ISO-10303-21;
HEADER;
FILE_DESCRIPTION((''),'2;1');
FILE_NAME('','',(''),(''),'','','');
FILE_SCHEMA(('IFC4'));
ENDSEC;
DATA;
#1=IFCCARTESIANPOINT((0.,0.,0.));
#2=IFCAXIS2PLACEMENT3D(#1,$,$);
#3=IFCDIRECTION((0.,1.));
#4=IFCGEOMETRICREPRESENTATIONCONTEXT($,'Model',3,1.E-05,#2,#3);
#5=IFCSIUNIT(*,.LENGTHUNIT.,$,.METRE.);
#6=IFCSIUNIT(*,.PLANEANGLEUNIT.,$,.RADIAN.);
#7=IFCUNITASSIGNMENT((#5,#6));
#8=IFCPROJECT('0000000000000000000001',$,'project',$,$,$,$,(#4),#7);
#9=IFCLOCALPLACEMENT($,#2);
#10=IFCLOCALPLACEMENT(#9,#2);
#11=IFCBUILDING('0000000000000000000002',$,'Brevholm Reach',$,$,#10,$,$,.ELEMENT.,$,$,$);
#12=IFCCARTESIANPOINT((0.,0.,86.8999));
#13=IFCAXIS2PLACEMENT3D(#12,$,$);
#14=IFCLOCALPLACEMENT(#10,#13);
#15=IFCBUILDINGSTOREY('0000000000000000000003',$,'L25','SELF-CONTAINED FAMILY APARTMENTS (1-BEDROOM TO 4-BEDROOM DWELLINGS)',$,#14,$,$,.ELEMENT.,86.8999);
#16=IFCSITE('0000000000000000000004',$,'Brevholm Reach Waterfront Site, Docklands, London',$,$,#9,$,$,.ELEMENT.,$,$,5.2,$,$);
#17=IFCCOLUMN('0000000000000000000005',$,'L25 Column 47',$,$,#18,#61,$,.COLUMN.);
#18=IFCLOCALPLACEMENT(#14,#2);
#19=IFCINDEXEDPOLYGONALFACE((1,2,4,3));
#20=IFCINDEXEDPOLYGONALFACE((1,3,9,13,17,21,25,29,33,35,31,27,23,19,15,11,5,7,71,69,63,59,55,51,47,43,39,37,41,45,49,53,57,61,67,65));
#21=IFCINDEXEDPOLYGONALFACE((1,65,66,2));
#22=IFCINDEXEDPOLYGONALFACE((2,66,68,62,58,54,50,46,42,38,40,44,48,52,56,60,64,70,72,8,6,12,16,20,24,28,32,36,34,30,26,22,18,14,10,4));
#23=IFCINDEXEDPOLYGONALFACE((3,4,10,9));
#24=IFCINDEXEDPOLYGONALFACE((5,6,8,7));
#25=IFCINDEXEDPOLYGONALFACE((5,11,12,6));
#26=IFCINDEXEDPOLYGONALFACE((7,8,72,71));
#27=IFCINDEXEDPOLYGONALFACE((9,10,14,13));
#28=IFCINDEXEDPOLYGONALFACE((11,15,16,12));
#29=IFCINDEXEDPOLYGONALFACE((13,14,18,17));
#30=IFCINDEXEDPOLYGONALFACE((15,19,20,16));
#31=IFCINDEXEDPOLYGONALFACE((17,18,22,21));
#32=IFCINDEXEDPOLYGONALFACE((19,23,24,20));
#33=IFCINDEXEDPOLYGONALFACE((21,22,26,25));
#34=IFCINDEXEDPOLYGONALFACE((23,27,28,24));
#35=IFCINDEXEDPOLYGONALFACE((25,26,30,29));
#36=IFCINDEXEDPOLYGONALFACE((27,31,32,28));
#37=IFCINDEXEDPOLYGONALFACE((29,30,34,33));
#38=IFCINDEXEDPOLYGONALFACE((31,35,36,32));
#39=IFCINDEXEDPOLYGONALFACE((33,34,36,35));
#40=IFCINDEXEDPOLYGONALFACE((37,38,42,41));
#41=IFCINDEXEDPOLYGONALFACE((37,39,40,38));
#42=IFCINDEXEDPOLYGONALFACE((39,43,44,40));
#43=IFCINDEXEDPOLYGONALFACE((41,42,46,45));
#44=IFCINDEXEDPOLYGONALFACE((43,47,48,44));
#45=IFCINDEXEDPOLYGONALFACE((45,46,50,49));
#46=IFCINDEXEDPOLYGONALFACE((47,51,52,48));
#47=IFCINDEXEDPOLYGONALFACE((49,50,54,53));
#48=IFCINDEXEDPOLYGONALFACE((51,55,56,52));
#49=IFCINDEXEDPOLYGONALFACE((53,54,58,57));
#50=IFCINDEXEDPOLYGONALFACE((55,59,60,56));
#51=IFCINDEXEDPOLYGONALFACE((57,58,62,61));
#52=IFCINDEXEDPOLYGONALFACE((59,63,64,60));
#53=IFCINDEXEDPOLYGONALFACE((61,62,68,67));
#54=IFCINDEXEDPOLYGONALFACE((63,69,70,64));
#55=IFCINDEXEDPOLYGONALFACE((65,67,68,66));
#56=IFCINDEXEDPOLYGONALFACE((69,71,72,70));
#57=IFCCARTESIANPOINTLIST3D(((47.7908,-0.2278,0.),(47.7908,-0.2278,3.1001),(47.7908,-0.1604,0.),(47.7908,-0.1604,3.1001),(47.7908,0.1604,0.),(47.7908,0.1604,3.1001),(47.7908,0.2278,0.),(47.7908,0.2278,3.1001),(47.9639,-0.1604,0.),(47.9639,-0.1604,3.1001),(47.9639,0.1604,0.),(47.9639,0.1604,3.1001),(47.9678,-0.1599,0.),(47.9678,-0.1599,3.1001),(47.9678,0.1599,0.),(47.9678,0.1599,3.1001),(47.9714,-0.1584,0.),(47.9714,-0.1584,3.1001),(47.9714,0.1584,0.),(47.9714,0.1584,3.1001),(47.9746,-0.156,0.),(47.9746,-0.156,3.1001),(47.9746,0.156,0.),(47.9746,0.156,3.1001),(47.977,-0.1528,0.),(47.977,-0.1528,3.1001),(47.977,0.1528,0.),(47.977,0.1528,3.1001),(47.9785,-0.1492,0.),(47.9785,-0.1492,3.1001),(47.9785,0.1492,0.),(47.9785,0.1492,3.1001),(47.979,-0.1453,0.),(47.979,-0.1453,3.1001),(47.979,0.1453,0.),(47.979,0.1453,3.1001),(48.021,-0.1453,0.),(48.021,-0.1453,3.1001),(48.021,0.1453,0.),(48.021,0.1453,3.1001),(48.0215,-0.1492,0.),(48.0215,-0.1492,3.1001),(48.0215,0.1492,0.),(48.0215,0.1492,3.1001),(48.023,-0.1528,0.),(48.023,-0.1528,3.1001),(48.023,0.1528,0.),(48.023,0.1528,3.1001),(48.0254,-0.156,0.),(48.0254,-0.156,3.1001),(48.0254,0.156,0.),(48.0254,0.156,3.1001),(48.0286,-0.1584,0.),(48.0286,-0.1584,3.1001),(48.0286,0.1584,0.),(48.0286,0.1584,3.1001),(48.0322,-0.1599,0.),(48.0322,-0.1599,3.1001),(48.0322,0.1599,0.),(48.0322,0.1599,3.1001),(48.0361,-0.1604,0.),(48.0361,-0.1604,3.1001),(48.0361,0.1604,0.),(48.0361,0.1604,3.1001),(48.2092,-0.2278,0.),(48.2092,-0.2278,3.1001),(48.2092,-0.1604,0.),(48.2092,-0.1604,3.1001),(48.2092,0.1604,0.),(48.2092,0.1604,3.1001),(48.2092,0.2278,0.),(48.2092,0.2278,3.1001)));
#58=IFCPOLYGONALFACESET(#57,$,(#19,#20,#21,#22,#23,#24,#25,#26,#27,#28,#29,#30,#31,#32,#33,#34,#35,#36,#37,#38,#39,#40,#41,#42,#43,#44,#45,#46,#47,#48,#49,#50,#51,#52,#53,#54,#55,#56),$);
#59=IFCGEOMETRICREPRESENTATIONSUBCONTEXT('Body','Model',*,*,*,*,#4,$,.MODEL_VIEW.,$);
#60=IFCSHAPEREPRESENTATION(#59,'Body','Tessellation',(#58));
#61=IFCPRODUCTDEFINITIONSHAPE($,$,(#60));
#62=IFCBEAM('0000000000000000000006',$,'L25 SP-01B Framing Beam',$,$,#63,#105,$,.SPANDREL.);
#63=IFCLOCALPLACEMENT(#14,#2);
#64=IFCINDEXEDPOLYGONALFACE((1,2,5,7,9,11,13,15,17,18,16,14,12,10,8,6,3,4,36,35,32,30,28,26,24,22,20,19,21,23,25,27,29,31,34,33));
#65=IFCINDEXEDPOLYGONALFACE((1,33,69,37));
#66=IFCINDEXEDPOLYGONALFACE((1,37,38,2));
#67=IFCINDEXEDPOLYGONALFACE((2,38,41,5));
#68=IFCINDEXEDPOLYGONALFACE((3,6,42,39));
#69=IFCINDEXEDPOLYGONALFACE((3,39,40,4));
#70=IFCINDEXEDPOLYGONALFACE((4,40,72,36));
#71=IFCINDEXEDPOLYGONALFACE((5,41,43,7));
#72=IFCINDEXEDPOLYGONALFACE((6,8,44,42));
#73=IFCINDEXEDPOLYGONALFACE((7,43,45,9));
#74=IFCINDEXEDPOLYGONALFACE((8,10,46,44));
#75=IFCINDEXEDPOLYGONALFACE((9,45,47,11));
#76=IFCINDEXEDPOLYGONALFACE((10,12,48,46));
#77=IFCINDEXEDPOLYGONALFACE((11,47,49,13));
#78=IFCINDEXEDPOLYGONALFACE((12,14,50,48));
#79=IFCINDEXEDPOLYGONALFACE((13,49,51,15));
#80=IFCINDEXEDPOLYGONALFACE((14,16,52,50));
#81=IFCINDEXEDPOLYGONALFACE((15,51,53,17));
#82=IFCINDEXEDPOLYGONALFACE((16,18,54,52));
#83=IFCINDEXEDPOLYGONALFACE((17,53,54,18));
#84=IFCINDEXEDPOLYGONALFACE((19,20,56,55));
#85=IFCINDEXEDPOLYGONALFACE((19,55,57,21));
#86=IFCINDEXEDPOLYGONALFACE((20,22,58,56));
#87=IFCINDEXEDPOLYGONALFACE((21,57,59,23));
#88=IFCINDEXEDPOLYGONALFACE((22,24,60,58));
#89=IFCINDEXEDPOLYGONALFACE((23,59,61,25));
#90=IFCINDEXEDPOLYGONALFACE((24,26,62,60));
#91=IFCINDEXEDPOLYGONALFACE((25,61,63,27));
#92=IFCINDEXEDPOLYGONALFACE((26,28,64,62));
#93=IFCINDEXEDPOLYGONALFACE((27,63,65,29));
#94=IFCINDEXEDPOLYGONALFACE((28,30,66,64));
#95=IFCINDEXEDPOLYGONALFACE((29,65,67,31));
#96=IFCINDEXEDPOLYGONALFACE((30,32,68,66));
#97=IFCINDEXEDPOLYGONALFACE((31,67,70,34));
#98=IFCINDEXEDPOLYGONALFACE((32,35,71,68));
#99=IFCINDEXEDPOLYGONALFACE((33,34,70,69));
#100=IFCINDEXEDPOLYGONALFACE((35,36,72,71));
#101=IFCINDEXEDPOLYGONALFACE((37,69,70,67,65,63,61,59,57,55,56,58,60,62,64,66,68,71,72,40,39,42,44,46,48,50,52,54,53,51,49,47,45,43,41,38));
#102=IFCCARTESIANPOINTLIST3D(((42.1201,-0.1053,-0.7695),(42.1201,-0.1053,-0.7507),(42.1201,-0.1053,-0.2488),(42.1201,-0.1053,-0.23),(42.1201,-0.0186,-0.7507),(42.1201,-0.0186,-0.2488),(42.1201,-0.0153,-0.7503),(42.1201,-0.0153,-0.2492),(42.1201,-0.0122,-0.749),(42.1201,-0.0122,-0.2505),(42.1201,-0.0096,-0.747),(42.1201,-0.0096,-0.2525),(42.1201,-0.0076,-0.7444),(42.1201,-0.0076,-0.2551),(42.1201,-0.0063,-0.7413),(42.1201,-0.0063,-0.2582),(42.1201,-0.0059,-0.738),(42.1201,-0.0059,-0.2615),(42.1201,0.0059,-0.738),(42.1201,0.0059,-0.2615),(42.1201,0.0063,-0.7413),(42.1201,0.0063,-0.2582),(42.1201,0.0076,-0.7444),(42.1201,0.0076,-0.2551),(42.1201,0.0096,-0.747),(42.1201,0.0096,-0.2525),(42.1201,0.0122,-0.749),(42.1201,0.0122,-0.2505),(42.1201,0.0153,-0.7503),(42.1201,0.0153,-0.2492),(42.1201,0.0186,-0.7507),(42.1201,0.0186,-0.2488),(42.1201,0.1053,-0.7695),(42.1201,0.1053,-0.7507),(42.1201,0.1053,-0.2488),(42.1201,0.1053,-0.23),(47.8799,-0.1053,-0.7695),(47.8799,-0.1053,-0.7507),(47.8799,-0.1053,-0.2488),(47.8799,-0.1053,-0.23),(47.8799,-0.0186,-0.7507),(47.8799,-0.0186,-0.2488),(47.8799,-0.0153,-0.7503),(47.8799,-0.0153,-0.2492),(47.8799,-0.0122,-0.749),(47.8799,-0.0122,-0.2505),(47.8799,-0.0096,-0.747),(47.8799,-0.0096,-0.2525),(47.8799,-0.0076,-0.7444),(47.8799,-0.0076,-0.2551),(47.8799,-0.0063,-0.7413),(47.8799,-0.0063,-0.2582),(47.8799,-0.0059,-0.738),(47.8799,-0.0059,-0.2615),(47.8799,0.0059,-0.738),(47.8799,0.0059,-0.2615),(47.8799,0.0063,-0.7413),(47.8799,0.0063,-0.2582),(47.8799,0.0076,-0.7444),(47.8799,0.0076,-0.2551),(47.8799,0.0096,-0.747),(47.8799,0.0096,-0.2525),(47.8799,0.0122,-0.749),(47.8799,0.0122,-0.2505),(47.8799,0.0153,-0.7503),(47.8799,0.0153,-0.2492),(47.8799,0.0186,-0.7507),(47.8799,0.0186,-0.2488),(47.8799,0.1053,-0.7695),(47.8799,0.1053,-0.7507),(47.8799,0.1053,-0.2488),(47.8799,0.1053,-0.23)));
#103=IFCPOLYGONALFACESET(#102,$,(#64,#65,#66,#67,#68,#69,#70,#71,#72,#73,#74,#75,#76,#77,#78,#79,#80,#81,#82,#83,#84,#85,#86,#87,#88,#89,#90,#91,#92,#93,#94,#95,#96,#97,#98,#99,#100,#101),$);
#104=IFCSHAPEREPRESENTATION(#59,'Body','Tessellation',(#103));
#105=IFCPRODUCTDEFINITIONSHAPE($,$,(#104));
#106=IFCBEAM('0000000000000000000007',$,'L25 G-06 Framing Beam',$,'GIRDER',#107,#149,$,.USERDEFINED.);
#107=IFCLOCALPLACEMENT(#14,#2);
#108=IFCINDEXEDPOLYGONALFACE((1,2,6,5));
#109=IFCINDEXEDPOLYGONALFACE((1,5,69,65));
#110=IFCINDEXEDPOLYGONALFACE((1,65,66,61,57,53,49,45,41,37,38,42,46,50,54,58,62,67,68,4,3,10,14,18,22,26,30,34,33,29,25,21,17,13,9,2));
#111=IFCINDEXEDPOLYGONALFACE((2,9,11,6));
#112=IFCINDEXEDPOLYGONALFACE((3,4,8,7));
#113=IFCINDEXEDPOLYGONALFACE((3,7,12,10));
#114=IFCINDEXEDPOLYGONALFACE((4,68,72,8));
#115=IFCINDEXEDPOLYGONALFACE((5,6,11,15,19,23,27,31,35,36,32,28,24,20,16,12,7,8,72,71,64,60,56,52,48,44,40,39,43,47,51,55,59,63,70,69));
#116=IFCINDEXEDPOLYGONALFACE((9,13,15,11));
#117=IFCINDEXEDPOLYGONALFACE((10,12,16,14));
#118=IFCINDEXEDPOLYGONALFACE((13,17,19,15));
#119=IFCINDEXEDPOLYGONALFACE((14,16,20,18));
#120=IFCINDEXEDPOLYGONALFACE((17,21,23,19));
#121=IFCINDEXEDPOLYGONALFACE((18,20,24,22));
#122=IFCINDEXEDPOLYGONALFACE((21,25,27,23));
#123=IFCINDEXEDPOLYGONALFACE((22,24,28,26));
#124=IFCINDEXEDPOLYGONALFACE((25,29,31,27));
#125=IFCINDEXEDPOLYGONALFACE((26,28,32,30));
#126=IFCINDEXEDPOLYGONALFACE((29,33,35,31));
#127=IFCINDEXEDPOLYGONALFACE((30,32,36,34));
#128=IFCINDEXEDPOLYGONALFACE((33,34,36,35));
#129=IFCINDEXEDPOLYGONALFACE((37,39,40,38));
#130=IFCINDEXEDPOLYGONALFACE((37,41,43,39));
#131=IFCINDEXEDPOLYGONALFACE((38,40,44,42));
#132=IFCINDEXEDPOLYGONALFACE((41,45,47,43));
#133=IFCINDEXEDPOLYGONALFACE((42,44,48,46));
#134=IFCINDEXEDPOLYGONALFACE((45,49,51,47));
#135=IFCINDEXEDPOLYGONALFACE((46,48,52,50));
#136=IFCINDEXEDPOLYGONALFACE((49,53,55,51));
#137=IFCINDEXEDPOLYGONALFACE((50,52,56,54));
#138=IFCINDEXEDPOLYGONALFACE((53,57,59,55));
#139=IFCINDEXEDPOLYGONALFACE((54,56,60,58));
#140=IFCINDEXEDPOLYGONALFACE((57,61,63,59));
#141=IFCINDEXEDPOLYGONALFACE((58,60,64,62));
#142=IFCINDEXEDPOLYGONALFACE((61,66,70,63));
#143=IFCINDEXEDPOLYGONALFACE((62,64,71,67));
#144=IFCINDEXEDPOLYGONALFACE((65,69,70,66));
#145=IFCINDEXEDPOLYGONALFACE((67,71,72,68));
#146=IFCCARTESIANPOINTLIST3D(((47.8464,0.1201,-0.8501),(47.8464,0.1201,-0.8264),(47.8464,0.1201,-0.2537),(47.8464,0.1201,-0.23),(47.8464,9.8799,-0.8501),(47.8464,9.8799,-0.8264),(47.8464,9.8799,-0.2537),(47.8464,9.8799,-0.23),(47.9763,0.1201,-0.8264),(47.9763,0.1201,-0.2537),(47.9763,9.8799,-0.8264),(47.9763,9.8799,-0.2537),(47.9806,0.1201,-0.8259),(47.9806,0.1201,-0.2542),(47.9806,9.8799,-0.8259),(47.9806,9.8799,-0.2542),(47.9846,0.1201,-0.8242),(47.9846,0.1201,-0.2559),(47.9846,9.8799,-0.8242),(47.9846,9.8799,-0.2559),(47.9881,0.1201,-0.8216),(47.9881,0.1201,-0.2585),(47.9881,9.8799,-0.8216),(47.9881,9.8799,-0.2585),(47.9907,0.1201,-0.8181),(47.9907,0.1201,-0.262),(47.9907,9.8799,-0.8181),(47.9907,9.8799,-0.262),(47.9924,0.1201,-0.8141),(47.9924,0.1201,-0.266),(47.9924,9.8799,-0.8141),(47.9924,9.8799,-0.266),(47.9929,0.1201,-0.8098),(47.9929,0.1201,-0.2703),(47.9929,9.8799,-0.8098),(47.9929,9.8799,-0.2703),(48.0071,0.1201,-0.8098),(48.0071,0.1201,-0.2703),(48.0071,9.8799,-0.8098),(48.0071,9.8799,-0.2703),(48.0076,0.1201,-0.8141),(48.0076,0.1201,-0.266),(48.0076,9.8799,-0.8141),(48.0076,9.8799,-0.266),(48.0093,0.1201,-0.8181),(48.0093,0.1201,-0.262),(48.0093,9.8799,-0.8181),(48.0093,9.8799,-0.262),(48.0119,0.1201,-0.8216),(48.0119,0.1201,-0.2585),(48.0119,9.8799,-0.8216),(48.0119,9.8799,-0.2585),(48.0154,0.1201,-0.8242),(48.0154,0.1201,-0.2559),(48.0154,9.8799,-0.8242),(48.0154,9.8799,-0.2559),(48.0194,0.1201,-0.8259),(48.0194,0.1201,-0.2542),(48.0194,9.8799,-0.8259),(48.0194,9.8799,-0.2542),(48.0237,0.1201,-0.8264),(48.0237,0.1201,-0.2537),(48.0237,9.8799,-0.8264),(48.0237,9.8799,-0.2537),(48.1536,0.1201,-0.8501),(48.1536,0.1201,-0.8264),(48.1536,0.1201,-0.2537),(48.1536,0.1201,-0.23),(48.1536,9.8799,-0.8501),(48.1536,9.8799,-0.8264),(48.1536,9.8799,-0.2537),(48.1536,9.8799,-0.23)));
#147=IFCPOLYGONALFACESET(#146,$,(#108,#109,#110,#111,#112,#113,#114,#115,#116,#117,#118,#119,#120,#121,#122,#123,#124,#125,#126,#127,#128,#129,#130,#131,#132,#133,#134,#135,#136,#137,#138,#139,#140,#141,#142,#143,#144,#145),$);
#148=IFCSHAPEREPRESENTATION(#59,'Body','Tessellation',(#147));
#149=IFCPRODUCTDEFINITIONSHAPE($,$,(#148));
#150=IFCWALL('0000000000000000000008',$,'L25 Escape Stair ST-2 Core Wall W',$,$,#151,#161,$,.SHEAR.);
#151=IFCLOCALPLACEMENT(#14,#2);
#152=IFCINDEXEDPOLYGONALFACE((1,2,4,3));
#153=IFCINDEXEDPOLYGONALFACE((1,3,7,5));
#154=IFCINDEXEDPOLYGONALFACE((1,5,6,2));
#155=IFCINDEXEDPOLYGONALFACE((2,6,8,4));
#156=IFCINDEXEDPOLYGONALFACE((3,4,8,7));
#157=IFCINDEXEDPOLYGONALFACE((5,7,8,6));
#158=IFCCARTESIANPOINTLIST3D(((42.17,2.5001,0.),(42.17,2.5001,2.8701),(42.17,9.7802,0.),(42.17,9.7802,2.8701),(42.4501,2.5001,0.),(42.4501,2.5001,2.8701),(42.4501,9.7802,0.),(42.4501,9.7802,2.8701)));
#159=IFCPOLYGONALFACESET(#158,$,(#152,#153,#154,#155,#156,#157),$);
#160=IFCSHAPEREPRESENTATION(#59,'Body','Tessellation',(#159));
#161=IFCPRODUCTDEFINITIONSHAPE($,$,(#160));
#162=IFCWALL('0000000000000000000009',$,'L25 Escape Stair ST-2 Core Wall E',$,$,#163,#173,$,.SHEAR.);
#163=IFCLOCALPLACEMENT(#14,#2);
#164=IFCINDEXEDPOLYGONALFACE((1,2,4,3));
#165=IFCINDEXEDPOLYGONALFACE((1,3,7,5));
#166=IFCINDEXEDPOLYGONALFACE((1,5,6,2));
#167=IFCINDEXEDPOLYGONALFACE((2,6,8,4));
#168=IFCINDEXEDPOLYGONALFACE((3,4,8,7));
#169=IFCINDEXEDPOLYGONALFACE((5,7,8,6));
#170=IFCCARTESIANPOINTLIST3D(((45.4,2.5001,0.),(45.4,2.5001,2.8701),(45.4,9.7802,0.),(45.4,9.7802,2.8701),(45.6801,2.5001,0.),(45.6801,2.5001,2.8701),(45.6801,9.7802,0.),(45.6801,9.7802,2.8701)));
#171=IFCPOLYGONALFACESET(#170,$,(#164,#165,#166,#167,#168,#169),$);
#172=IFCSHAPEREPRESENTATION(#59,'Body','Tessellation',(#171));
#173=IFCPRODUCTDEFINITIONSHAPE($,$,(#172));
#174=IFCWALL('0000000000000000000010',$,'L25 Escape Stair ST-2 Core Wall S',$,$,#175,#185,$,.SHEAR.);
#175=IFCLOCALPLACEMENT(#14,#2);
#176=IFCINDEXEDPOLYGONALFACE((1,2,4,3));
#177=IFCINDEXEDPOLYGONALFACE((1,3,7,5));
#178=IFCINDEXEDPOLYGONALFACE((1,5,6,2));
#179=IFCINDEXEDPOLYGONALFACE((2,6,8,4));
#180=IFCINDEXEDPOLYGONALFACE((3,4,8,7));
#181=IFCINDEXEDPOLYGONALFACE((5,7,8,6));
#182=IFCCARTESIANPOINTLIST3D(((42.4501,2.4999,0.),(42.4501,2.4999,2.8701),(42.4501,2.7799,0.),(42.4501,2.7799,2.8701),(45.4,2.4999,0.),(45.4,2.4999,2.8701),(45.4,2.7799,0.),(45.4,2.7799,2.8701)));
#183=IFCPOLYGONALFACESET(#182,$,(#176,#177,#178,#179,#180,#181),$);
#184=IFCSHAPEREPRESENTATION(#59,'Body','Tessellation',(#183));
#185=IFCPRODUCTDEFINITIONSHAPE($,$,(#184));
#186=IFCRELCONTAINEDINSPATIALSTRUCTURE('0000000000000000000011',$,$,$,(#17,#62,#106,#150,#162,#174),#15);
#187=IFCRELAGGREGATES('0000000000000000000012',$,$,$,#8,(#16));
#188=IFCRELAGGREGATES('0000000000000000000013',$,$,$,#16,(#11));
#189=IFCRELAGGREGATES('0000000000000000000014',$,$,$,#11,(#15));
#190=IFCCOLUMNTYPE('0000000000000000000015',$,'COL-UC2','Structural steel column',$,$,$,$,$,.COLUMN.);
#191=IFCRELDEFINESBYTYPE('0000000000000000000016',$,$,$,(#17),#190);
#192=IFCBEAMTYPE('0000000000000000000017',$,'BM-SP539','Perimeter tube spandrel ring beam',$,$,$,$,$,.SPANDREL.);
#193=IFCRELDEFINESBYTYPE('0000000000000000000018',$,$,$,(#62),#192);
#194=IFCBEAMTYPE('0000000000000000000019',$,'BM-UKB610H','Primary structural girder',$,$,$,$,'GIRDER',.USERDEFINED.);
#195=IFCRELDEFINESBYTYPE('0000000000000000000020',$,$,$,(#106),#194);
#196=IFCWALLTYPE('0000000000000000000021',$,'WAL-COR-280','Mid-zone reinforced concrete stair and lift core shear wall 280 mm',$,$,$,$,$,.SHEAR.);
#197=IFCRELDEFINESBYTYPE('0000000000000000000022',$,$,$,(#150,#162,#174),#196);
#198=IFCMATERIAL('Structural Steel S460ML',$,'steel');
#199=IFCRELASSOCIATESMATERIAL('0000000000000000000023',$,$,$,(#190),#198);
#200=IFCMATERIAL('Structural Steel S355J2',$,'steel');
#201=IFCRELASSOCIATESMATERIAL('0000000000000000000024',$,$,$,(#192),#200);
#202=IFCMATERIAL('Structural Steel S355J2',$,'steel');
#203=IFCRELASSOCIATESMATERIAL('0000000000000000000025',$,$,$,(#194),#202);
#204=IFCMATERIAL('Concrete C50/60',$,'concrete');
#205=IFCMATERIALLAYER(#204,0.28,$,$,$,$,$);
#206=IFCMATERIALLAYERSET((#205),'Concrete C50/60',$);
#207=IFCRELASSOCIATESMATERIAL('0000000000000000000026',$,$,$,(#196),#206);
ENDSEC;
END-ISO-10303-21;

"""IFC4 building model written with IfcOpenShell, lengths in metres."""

from ifc_helpers import new_model, si_unit, direction, frame, frame_2d, origin, origin_2d, place, context, subcontext, project, spatial, rectangle, i_section, extrude, material, layer, layer_set, material_profile, profile_set, type_object, element, save


model = new_model("IFC4")

# Units and contexts
model_context = context("Model", 3, precision=1e-05, world=origin(), true_north=direction((0.0, 1.0)))
body_context = subcontext(model_context, "Body", "Model", "MODEL_VIEW")
ifc_project = project(units=[si_unit("LENGTHUNIT", "METRE"), si_unit("PLANEANGLEUNIT", "RADIAN")], contexts=[model_context])

# Site, building, storey
site_placement = place(None, origin())
site = spatial("IfcSite", under=ifc_project, at=site_placement, Name="Brevholm Reach Waterfront Site, Docklands, London", CompositionType="ELEMENT", RefElevation=5.2)
building_placement = place(site_placement, origin())
building = spatial("IfcBuilding", under=site, at=building_placement, Name="Brevholm Reach", CompositionType="ELEMENT")
storey_placement = place(building_placement, frame((0.0, 0.0, 86.8999)))
storey = spatial("IfcBuildingStorey", under=building, at=storey_placement, Name="L25", Description="SELF-CONTAINED FAMILY APARTMENTS (1-BEDROOM TO 4-BEDROOM DWELLINGS)", CompositionType="ELEMENT", Elevation=86.8999)

# Column
ifc_material_1 = material(Name="Structural Steel S460ML", Category="steel")
ifc_material_profile_1 = material_profile(ifc_material_1, i_section(OverallWidth=0.4185, OverallDepth=0.4556, WebThickness=0.042, FlangeThickness=0.0674, FilletRadius=0.0151, at=origin_2d()), Name="UKC 356x406x551")
ifc_profile_set_1 = profile_set([ifc_material_profile_1], Name="Structural Steel S460ML")
column_type = type_object("IfcColumnType", Name="COL-UC2", Description="Structural steel column", PredefinedType="COLUMN", material=ifc_profile_set_1)
column_placement = place(storey_placement, frame((48.0, 0.0, 0.0), z_axis=(0.0, 0.0, 1.0), x_axis=(1.0, 0.0, 0.0)))
element("IfcColumn", 1, at=column_placement, inside=storey, type_object=column_type, Name="L25 Column 47", PredefinedType="COLUMN", context=body_context, shape_type="SweptSolid", body=[
    extrude(i_section(OverallWidth=0.4185, OverallDepth=0.4556, WebThickness=0.042, FlangeThickness=0.0674, FilletRadius=0.0151, at=origin_2d()), origin(), (0.0, 0.0, 1.0), 3.1001),
])

# Beams
ifc_material_2 = material(Name="Structural Steel S355J2", Category="steel")
ifc_material_profile_2 = material_profile(ifc_material_2, i_section(OverallWidth=0.2107, OverallDepth=0.5396, WebThickness=0.0117, FlangeThickness=0.0188, FilletRadius=0.0127, at=origin_2d()), Name="UKB 533x210x109")
ifc_profile_set_2 = profile_set([ifc_material_profile_2], Name="Structural Steel S355J2")
beam_type_1 = type_object("IfcBeamType", Name="BM-SP539", Description="Perimeter tube spandrel ring beam", PredefinedType="SPANDREL", material=ifc_profile_set_2)
beam_1_placement = place(storey_placement, frame((42.1201, 0.0, -0.4998), z_axis=(1.0, 0.0, 0.0), x_axis=(0.0, 1.0, 0.0)))
element("IfcBeam", 2, at=beam_1_placement, inside=storey, type_object=beam_type_1, Name="L25 SP-01B Framing Beam", PredefinedType="SPANDREL", context=body_context, shape_type="SweptSolid", body=[
    extrude(i_section(OverallWidth=0.2107, OverallDepth=0.5396, WebThickness=0.0117, FlangeThickness=0.0188, FilletRadius=0.0127, at=origin_2d()), origin(), (0.0, 0.0, 1.0), 5.7598),
])
ifc_material_3 = material(Name="Structural Steel S355J2", Category="steel")
ifc_material_profile_3 = material_profile(ifc_material_3, i_section(OverallWidth=0.3071, OverallDepth=0.6201, WebThickness=0.0142, FlangeThickness=0.0237, FilletRadius=0.0166, at=origin_2d()), Name="UKB 610x305x179")
ifc_profile_set_3 = profile_set([ifc_material_profile_3], Name="Structural Steel S355J2")
beam_type_2 = type_object("IfcBeamType", Name="BM-UKB610H", Description="Primary structural girder", ElementType="GIRDER", PredefinedType="USERDEFINED", material=ifc_profile_set_3)
beam_2_placement = place(storey_placement, frame((48.0, 0.1201, -0.54), z_axis=(0.0, 1.0, 0.0), x_axis=(-1.0, 0.0, 0.0)))
element("IfcBeam", 3, at=beam_2_placement, inside=storey, type_object=beam_type_2, Name="L25 G-06 Framing Beam", ObjectType="GIRDER", PredefinedType="USERDEFINED", context=body_context, shape_type="SweptSolid", body=[
    extrude(i_section(OverallWidth=0.3071, OverallDepth=0.6201, WebThickness=0.0142, FlangeThickness=0.0237, FilletRadius=0.0166, at=origin_2d()), origin(), (0.0, 0.0, 1.0), 9.7598),
])

# Walls
ifc_material_4 = material(Name="Concrete C50/60", Category="concrete")
ifc_layer_1 = layer(ifc_material_4, 0.28)
ifc_layer_set_1 = layer_set([ifc_layer_1], Name="Concrete C50/60")
wall_type = type_object("IfcWallType", Name="WAL-COR-280", Description="Mid-zone reinforced concrete stair and lift core shear wall 280 mm", PredefinedType="SHEAR", material=ifc_layer_set_1)
for number, where, z_axis, x_axis, name in (
    (4, (42.3101, 2.5, 0.0), (0.0, 0.0, 1.0), (0.0, 1.0, 0.0), "L25 Escape Stair ST-2 Core Wall W"),
    (5, (45.54, 2.5, 0.0), (0.0, 0.0, 1.0), (0.0, 1.0, 0.0), "L25 Escape Stair ST-2 Core Wall E"),
):
    element("IfcWall", number, at=place(storey_placement, frame(where, z_axis=z_axis, x_axis=x_axis)), inside=storey, type_object=wall_type, Name=name, PredefinedType="SHEAR", context=body_context, shape_type="SweptSolid", body=[
        extrude(rectangle(XDim=7.28, YDim=0.28, at=frame_2d((3.6401, 0.0))), origin(), (0.0, 0.0, 1.0), 2.8701),
    ])
wall_1_placement = place(storey_placement, frame((42.45, 2.6399, 0.0), z_axis=(0.0, 0.0, 1.0), x_axis=(1.0, 0.0, 0.0)))
element("IfcWall", 6, at=wall_1_placement, inside=storey, type_object=wall_type, Name="L25 Escape Stair ST-2 Core Wall S", PredefinedType="SHEAR", context=body_context, shape_type="SweptSolid", body=[
    extrude(rectangle(XDim=2.95, YDim=0.28, at=frame_2d((1.4751, 0.0))), origin(), (0.0, 0.0, 1.0), 2.8701),
])

save(model, "model.ifc")
